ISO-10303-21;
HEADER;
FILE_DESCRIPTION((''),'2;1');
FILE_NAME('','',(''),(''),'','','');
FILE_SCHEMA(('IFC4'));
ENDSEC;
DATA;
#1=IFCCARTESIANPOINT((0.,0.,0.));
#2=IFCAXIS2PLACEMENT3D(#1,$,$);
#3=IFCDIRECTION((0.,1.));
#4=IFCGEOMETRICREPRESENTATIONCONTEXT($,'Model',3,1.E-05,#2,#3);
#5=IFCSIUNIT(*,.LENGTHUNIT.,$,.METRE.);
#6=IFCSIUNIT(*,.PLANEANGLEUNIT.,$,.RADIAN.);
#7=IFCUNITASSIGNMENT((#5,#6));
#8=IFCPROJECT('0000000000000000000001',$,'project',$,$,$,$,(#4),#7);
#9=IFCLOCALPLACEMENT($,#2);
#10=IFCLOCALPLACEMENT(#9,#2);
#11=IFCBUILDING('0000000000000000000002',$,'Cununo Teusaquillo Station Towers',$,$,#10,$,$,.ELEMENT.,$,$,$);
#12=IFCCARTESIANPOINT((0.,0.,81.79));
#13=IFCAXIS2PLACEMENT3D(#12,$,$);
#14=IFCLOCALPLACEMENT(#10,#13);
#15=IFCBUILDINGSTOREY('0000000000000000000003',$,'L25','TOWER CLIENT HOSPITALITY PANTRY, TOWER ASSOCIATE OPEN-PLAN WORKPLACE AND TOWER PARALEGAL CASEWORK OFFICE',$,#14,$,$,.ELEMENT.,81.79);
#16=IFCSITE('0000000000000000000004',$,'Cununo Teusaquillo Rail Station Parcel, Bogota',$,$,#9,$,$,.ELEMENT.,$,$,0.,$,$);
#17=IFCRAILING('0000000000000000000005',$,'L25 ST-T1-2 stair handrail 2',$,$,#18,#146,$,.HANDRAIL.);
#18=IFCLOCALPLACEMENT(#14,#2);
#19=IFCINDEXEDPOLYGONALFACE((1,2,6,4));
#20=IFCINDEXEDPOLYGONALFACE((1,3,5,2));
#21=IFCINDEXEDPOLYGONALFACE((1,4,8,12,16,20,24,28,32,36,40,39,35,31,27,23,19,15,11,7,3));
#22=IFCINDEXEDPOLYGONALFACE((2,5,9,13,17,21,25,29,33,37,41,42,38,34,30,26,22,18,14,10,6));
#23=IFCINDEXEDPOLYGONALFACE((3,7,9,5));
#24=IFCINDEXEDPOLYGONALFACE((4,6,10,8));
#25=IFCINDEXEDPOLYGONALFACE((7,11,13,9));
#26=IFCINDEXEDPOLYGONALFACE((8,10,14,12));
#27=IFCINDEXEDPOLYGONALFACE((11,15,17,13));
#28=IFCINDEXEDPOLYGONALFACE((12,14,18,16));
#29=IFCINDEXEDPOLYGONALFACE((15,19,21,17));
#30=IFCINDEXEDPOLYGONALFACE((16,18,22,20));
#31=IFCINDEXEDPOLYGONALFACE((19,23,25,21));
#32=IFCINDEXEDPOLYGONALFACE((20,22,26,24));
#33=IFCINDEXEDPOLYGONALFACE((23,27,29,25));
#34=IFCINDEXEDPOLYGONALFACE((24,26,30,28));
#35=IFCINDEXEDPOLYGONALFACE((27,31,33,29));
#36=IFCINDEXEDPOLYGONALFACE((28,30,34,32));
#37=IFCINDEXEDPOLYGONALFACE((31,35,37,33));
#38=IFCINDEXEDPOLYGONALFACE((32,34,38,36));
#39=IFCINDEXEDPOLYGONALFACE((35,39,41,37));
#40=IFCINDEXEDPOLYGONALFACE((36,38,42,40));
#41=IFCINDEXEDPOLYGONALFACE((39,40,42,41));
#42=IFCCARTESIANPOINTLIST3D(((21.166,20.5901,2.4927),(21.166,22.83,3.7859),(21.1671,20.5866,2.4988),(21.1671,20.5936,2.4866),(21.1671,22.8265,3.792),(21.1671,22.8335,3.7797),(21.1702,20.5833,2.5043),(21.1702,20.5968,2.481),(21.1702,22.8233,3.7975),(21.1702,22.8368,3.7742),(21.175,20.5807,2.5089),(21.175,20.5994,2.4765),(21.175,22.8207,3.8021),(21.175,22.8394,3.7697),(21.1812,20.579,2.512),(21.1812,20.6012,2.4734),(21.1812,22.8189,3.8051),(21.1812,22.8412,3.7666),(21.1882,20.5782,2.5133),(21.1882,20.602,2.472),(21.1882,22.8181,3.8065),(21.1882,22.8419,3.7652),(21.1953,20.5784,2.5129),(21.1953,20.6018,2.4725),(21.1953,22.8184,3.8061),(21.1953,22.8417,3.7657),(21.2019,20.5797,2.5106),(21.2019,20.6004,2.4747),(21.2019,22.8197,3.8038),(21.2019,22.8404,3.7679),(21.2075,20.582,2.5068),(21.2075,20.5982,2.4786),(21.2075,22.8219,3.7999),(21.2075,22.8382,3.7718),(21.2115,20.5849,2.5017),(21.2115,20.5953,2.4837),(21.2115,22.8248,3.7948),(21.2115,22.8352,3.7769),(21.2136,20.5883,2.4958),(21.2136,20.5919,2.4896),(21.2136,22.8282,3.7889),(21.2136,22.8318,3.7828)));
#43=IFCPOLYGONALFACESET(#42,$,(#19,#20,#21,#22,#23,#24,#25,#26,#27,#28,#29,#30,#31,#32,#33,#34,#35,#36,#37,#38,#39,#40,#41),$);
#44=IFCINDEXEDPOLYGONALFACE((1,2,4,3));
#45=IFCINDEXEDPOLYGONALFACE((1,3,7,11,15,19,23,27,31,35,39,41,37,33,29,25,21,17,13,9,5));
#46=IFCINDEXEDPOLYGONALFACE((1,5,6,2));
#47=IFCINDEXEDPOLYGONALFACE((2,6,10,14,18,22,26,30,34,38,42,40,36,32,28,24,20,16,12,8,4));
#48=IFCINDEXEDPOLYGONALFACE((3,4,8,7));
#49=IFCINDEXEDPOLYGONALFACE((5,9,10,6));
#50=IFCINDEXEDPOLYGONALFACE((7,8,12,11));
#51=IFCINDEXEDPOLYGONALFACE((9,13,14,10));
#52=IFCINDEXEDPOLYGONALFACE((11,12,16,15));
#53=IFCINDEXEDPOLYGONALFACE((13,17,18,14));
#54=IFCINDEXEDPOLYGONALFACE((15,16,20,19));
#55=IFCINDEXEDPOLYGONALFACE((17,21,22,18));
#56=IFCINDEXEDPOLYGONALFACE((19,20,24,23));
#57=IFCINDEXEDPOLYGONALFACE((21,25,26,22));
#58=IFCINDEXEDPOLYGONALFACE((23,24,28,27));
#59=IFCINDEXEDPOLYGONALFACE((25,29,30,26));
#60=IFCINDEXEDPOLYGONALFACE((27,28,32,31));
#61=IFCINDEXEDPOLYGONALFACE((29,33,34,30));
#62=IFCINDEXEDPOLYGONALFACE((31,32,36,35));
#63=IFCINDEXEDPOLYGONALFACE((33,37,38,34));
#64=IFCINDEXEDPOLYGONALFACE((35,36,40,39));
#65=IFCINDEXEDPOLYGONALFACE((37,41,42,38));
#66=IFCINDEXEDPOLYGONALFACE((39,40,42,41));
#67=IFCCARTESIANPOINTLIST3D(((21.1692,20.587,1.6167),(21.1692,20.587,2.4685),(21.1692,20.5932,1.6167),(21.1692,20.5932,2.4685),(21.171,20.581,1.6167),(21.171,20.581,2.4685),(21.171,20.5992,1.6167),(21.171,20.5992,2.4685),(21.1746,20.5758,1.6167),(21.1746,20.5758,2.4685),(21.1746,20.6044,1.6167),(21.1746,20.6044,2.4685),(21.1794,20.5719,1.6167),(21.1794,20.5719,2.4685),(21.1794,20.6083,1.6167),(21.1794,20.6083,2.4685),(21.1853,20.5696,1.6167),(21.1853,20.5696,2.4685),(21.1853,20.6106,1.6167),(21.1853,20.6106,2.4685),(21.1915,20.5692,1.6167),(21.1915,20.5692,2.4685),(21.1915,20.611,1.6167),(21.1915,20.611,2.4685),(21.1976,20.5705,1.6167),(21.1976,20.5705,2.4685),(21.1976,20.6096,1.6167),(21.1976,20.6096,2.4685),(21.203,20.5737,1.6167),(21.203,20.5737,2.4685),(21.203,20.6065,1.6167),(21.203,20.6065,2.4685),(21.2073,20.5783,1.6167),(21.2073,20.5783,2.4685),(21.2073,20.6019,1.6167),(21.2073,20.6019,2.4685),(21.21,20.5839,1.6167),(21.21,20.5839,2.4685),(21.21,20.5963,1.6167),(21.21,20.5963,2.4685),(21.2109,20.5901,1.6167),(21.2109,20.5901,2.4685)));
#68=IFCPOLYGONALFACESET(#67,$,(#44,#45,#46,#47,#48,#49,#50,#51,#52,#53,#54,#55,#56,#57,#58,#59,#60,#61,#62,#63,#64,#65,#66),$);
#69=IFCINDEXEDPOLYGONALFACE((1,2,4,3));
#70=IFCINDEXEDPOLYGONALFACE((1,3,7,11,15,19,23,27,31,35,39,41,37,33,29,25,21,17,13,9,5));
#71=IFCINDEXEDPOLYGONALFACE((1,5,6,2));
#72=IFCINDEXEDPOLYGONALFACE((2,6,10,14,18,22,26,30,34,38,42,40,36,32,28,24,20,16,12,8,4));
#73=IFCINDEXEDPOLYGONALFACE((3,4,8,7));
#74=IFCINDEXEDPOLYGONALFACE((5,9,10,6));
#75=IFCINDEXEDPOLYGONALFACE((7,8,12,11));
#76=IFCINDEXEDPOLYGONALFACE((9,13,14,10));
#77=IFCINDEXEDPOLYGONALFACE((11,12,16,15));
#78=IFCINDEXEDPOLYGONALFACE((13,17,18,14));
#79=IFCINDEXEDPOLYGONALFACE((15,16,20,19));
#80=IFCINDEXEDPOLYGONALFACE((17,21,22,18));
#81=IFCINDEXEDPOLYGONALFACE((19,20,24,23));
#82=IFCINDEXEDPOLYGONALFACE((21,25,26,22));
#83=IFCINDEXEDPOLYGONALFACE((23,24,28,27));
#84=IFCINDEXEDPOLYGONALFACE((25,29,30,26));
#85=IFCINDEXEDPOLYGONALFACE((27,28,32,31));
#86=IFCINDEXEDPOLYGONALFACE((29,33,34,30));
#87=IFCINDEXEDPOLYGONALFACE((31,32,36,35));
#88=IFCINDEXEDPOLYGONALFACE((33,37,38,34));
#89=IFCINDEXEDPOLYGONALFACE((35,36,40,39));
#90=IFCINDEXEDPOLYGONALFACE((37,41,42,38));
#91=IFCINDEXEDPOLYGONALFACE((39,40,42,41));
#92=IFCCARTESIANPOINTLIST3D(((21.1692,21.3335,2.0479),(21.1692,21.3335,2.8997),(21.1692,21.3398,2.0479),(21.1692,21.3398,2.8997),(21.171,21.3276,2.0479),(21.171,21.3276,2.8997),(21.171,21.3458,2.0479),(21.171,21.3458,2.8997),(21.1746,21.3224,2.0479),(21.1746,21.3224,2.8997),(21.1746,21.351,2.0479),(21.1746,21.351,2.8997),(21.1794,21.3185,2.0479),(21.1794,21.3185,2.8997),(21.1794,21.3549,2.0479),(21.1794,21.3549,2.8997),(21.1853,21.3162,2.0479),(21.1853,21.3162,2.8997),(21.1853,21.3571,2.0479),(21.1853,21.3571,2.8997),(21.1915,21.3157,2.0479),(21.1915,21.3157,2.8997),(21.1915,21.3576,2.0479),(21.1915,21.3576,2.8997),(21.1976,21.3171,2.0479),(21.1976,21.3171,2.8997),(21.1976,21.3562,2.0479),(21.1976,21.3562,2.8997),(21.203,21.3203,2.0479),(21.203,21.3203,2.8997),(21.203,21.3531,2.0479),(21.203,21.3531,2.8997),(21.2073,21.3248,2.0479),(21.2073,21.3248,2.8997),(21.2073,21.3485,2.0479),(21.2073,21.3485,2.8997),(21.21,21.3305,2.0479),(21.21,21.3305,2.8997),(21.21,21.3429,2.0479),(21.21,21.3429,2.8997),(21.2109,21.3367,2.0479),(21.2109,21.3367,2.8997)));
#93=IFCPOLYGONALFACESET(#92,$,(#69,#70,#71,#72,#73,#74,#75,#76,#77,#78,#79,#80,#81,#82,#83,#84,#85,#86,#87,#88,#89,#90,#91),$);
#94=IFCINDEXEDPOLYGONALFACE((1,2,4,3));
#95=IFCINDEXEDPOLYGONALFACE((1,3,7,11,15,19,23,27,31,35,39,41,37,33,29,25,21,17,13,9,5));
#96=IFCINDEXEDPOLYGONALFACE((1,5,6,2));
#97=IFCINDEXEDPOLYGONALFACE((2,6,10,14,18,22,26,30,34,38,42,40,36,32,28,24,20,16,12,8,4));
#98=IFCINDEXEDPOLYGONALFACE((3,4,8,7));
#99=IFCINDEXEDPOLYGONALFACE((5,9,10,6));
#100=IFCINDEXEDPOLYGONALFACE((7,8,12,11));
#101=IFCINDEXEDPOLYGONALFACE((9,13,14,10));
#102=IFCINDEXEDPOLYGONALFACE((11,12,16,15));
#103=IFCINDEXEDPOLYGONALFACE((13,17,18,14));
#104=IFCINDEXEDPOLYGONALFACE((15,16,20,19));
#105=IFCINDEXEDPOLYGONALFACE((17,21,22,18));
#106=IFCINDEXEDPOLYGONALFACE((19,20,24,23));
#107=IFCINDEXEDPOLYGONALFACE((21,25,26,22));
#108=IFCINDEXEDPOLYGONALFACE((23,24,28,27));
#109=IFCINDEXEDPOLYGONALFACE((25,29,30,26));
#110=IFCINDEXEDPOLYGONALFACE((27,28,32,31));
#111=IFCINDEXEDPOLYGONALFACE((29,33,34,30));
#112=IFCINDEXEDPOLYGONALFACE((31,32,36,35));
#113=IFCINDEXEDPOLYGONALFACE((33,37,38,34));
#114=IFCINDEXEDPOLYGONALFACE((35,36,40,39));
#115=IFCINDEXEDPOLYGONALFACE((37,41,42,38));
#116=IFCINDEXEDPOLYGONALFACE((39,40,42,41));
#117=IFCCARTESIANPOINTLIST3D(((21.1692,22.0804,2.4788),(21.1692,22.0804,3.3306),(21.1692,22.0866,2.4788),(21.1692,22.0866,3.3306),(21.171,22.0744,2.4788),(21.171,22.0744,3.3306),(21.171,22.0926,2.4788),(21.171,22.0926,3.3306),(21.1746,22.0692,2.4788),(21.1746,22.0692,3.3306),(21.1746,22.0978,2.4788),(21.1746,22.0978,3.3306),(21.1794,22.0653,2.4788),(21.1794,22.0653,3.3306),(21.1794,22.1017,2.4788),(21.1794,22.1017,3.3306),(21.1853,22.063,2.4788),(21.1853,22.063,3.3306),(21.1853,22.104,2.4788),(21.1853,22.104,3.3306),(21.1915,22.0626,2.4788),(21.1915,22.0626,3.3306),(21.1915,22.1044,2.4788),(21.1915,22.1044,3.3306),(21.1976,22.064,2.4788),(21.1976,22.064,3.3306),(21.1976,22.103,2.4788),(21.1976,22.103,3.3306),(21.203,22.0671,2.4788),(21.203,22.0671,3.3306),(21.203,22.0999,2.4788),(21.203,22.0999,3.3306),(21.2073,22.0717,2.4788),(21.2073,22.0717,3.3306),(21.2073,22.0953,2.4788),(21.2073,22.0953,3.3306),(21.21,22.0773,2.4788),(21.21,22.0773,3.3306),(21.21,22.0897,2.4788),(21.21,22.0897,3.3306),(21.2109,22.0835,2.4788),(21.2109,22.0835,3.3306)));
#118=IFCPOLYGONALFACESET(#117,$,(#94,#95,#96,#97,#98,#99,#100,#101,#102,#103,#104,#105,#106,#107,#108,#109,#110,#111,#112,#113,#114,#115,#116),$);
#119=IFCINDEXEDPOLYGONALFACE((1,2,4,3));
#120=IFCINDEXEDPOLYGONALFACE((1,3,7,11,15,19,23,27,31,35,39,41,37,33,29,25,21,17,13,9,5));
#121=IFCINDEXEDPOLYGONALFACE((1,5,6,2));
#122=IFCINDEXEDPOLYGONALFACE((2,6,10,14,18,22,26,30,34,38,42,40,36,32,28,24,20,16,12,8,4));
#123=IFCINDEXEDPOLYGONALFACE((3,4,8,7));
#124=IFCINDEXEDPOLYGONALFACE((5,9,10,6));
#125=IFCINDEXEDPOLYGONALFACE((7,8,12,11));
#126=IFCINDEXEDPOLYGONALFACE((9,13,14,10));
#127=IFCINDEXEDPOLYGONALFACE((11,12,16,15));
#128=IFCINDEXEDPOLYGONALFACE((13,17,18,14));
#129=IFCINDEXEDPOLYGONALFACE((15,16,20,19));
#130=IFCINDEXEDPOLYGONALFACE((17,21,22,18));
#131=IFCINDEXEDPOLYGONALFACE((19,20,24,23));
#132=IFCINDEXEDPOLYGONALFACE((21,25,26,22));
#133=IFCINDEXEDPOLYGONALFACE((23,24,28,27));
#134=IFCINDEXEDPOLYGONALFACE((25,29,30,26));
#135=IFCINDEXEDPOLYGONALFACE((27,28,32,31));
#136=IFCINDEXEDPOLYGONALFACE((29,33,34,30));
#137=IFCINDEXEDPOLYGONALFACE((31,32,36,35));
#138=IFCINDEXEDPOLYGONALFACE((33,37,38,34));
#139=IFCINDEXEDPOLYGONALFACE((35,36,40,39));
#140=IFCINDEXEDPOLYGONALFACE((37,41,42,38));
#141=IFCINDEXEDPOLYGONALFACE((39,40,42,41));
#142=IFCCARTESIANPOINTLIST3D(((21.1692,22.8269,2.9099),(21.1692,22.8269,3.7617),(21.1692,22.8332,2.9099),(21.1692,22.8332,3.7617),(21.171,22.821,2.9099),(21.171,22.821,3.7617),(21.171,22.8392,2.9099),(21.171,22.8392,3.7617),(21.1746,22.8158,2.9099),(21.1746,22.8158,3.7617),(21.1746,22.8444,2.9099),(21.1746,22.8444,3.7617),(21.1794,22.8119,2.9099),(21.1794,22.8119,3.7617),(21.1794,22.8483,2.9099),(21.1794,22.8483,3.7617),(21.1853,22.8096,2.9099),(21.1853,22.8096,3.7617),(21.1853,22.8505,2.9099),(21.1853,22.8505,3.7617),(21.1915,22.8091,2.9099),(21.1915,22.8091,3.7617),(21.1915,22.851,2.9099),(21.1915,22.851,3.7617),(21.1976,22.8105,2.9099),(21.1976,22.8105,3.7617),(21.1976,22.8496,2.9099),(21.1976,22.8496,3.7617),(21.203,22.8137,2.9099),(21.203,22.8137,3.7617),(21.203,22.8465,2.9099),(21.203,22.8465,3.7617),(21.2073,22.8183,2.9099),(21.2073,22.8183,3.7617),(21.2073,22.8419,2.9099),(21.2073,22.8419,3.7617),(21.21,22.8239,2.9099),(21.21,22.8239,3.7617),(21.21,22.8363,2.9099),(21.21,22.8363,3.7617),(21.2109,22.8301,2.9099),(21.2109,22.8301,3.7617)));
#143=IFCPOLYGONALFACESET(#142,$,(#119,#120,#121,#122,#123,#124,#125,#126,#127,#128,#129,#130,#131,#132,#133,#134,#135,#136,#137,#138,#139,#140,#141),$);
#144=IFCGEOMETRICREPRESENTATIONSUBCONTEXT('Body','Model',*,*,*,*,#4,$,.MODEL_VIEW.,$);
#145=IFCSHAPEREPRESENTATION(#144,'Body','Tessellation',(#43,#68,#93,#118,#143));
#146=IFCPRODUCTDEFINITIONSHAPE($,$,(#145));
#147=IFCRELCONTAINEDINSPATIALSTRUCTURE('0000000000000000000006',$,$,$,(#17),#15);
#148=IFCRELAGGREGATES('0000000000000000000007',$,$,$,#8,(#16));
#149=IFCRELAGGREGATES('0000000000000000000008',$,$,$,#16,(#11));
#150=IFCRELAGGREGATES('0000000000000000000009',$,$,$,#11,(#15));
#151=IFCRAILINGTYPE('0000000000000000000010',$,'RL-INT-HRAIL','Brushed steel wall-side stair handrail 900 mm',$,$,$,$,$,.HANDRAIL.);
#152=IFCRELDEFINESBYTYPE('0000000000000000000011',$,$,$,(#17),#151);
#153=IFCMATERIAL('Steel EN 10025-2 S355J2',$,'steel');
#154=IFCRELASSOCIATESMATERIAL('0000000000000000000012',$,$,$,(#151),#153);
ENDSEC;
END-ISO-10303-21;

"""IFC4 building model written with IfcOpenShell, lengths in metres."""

from ifc_helpers import new_model, si_unit, direction, frame, origin, origin_2d, place, context, subcontext, project, spatial, circle, extrude, material, type_object, element, save


model = new_model("IFC4")

# Units and contexts
model_context = context("Model", 3, precision=1e-05, world=origin(), true_north=direction((0.0, 1.0)))
body_context = subcontext(model_context, "Body", "Model", "MODEL_VIEW")
ifc_project = project(units=[si_unit("LENGTHUNIT", "METRE"), si_unit("PLANEANGLEUNIT", "RADIAN")], contexts=[model_context])

# Site, building, storey
site_placement = place(None, origin())
site = spatial("IfcSite", under=ifc_project, at=site_placement, Name="Cununo Teusaquillo Rail Station Parcel, Bogota", CompositionType="ELEMENT", RefElevation=0.0)
building_placement = place(site_placement, origin())
building = spatial("IfcBuilding", under=site, at=building_placement, Name="Cununo Teusaquillo Station Towers", CompositionType="ELEMENT")
storey_placement = place(building_placement, frame((0.0, 0.0, 81.79)))
storey = spatial("IfcBuildingStorey", under=building, at=storey_placement, Name="L25", Description="TOWER CLIENT HOSPITALITY PANTRY, TOWER ASSOCIATE OPEN-PLAN WORKPLACE AND TOWER PARALEGAL CASEWORK OFFICE", CompositionType="ELEMENT", Elevation=81.79)

# Railing
ifc_material_1 = material(Name="Steel EN 10025-2 S355J2", Category="steel")
railing_type_1 = type_object("IfcRailingType", Name="RL-INT-HRAIL", Description="Brushed steel wall-side stair handrail 900 mm", PredefinedType="HANDRAIL", material=ifc_material_1)
railing_1_placement = place(storey_placement, frame((21.1899, 20.5901, 1.6167)))
element("IfcRailing", 1, at=railing_1_placement, inside=storey, type_object=railing_type_1, Name="L25 ST-T1-2 stair handrail 2", PredefinedType="HANDRAIL", context=body_context, shape_type="SweptSolid", body=[
    extrude(circle(Radius=0.0239, at=origin_2d()), frame((0.0, 0.0, 0.876), z_axis=(0.0, 0.866033, 0.499987), x_axis=(-1.0, 0.0, 0.0)), (0.0, 0.0, 1.0), 2.5864),
    extrude(circle(Radius=0.021, at=origin_2d()), origin(), (0.0, 0.0, 1.0), 0.8518),
    extrude(circle(Radius=0.021, at=origin_2d()), frame((0.0, 0.7466, 0.4312)), (0.0, 0.0, 1.0), 0.8518),
    extrude(circle(Radius=0.021, at=origin_2d()), frame((0.0, 1.4934, 0.8621)), (0.0, 0.0, 1.0), 0.8518),
    extrude(circle(Radius=0.021, at=origin_2d()), frame((0.0, 2.24, 1.2932)), (0.0, 0.0, 1.0), 0.8518),
])

save(model, "model.ifc")
